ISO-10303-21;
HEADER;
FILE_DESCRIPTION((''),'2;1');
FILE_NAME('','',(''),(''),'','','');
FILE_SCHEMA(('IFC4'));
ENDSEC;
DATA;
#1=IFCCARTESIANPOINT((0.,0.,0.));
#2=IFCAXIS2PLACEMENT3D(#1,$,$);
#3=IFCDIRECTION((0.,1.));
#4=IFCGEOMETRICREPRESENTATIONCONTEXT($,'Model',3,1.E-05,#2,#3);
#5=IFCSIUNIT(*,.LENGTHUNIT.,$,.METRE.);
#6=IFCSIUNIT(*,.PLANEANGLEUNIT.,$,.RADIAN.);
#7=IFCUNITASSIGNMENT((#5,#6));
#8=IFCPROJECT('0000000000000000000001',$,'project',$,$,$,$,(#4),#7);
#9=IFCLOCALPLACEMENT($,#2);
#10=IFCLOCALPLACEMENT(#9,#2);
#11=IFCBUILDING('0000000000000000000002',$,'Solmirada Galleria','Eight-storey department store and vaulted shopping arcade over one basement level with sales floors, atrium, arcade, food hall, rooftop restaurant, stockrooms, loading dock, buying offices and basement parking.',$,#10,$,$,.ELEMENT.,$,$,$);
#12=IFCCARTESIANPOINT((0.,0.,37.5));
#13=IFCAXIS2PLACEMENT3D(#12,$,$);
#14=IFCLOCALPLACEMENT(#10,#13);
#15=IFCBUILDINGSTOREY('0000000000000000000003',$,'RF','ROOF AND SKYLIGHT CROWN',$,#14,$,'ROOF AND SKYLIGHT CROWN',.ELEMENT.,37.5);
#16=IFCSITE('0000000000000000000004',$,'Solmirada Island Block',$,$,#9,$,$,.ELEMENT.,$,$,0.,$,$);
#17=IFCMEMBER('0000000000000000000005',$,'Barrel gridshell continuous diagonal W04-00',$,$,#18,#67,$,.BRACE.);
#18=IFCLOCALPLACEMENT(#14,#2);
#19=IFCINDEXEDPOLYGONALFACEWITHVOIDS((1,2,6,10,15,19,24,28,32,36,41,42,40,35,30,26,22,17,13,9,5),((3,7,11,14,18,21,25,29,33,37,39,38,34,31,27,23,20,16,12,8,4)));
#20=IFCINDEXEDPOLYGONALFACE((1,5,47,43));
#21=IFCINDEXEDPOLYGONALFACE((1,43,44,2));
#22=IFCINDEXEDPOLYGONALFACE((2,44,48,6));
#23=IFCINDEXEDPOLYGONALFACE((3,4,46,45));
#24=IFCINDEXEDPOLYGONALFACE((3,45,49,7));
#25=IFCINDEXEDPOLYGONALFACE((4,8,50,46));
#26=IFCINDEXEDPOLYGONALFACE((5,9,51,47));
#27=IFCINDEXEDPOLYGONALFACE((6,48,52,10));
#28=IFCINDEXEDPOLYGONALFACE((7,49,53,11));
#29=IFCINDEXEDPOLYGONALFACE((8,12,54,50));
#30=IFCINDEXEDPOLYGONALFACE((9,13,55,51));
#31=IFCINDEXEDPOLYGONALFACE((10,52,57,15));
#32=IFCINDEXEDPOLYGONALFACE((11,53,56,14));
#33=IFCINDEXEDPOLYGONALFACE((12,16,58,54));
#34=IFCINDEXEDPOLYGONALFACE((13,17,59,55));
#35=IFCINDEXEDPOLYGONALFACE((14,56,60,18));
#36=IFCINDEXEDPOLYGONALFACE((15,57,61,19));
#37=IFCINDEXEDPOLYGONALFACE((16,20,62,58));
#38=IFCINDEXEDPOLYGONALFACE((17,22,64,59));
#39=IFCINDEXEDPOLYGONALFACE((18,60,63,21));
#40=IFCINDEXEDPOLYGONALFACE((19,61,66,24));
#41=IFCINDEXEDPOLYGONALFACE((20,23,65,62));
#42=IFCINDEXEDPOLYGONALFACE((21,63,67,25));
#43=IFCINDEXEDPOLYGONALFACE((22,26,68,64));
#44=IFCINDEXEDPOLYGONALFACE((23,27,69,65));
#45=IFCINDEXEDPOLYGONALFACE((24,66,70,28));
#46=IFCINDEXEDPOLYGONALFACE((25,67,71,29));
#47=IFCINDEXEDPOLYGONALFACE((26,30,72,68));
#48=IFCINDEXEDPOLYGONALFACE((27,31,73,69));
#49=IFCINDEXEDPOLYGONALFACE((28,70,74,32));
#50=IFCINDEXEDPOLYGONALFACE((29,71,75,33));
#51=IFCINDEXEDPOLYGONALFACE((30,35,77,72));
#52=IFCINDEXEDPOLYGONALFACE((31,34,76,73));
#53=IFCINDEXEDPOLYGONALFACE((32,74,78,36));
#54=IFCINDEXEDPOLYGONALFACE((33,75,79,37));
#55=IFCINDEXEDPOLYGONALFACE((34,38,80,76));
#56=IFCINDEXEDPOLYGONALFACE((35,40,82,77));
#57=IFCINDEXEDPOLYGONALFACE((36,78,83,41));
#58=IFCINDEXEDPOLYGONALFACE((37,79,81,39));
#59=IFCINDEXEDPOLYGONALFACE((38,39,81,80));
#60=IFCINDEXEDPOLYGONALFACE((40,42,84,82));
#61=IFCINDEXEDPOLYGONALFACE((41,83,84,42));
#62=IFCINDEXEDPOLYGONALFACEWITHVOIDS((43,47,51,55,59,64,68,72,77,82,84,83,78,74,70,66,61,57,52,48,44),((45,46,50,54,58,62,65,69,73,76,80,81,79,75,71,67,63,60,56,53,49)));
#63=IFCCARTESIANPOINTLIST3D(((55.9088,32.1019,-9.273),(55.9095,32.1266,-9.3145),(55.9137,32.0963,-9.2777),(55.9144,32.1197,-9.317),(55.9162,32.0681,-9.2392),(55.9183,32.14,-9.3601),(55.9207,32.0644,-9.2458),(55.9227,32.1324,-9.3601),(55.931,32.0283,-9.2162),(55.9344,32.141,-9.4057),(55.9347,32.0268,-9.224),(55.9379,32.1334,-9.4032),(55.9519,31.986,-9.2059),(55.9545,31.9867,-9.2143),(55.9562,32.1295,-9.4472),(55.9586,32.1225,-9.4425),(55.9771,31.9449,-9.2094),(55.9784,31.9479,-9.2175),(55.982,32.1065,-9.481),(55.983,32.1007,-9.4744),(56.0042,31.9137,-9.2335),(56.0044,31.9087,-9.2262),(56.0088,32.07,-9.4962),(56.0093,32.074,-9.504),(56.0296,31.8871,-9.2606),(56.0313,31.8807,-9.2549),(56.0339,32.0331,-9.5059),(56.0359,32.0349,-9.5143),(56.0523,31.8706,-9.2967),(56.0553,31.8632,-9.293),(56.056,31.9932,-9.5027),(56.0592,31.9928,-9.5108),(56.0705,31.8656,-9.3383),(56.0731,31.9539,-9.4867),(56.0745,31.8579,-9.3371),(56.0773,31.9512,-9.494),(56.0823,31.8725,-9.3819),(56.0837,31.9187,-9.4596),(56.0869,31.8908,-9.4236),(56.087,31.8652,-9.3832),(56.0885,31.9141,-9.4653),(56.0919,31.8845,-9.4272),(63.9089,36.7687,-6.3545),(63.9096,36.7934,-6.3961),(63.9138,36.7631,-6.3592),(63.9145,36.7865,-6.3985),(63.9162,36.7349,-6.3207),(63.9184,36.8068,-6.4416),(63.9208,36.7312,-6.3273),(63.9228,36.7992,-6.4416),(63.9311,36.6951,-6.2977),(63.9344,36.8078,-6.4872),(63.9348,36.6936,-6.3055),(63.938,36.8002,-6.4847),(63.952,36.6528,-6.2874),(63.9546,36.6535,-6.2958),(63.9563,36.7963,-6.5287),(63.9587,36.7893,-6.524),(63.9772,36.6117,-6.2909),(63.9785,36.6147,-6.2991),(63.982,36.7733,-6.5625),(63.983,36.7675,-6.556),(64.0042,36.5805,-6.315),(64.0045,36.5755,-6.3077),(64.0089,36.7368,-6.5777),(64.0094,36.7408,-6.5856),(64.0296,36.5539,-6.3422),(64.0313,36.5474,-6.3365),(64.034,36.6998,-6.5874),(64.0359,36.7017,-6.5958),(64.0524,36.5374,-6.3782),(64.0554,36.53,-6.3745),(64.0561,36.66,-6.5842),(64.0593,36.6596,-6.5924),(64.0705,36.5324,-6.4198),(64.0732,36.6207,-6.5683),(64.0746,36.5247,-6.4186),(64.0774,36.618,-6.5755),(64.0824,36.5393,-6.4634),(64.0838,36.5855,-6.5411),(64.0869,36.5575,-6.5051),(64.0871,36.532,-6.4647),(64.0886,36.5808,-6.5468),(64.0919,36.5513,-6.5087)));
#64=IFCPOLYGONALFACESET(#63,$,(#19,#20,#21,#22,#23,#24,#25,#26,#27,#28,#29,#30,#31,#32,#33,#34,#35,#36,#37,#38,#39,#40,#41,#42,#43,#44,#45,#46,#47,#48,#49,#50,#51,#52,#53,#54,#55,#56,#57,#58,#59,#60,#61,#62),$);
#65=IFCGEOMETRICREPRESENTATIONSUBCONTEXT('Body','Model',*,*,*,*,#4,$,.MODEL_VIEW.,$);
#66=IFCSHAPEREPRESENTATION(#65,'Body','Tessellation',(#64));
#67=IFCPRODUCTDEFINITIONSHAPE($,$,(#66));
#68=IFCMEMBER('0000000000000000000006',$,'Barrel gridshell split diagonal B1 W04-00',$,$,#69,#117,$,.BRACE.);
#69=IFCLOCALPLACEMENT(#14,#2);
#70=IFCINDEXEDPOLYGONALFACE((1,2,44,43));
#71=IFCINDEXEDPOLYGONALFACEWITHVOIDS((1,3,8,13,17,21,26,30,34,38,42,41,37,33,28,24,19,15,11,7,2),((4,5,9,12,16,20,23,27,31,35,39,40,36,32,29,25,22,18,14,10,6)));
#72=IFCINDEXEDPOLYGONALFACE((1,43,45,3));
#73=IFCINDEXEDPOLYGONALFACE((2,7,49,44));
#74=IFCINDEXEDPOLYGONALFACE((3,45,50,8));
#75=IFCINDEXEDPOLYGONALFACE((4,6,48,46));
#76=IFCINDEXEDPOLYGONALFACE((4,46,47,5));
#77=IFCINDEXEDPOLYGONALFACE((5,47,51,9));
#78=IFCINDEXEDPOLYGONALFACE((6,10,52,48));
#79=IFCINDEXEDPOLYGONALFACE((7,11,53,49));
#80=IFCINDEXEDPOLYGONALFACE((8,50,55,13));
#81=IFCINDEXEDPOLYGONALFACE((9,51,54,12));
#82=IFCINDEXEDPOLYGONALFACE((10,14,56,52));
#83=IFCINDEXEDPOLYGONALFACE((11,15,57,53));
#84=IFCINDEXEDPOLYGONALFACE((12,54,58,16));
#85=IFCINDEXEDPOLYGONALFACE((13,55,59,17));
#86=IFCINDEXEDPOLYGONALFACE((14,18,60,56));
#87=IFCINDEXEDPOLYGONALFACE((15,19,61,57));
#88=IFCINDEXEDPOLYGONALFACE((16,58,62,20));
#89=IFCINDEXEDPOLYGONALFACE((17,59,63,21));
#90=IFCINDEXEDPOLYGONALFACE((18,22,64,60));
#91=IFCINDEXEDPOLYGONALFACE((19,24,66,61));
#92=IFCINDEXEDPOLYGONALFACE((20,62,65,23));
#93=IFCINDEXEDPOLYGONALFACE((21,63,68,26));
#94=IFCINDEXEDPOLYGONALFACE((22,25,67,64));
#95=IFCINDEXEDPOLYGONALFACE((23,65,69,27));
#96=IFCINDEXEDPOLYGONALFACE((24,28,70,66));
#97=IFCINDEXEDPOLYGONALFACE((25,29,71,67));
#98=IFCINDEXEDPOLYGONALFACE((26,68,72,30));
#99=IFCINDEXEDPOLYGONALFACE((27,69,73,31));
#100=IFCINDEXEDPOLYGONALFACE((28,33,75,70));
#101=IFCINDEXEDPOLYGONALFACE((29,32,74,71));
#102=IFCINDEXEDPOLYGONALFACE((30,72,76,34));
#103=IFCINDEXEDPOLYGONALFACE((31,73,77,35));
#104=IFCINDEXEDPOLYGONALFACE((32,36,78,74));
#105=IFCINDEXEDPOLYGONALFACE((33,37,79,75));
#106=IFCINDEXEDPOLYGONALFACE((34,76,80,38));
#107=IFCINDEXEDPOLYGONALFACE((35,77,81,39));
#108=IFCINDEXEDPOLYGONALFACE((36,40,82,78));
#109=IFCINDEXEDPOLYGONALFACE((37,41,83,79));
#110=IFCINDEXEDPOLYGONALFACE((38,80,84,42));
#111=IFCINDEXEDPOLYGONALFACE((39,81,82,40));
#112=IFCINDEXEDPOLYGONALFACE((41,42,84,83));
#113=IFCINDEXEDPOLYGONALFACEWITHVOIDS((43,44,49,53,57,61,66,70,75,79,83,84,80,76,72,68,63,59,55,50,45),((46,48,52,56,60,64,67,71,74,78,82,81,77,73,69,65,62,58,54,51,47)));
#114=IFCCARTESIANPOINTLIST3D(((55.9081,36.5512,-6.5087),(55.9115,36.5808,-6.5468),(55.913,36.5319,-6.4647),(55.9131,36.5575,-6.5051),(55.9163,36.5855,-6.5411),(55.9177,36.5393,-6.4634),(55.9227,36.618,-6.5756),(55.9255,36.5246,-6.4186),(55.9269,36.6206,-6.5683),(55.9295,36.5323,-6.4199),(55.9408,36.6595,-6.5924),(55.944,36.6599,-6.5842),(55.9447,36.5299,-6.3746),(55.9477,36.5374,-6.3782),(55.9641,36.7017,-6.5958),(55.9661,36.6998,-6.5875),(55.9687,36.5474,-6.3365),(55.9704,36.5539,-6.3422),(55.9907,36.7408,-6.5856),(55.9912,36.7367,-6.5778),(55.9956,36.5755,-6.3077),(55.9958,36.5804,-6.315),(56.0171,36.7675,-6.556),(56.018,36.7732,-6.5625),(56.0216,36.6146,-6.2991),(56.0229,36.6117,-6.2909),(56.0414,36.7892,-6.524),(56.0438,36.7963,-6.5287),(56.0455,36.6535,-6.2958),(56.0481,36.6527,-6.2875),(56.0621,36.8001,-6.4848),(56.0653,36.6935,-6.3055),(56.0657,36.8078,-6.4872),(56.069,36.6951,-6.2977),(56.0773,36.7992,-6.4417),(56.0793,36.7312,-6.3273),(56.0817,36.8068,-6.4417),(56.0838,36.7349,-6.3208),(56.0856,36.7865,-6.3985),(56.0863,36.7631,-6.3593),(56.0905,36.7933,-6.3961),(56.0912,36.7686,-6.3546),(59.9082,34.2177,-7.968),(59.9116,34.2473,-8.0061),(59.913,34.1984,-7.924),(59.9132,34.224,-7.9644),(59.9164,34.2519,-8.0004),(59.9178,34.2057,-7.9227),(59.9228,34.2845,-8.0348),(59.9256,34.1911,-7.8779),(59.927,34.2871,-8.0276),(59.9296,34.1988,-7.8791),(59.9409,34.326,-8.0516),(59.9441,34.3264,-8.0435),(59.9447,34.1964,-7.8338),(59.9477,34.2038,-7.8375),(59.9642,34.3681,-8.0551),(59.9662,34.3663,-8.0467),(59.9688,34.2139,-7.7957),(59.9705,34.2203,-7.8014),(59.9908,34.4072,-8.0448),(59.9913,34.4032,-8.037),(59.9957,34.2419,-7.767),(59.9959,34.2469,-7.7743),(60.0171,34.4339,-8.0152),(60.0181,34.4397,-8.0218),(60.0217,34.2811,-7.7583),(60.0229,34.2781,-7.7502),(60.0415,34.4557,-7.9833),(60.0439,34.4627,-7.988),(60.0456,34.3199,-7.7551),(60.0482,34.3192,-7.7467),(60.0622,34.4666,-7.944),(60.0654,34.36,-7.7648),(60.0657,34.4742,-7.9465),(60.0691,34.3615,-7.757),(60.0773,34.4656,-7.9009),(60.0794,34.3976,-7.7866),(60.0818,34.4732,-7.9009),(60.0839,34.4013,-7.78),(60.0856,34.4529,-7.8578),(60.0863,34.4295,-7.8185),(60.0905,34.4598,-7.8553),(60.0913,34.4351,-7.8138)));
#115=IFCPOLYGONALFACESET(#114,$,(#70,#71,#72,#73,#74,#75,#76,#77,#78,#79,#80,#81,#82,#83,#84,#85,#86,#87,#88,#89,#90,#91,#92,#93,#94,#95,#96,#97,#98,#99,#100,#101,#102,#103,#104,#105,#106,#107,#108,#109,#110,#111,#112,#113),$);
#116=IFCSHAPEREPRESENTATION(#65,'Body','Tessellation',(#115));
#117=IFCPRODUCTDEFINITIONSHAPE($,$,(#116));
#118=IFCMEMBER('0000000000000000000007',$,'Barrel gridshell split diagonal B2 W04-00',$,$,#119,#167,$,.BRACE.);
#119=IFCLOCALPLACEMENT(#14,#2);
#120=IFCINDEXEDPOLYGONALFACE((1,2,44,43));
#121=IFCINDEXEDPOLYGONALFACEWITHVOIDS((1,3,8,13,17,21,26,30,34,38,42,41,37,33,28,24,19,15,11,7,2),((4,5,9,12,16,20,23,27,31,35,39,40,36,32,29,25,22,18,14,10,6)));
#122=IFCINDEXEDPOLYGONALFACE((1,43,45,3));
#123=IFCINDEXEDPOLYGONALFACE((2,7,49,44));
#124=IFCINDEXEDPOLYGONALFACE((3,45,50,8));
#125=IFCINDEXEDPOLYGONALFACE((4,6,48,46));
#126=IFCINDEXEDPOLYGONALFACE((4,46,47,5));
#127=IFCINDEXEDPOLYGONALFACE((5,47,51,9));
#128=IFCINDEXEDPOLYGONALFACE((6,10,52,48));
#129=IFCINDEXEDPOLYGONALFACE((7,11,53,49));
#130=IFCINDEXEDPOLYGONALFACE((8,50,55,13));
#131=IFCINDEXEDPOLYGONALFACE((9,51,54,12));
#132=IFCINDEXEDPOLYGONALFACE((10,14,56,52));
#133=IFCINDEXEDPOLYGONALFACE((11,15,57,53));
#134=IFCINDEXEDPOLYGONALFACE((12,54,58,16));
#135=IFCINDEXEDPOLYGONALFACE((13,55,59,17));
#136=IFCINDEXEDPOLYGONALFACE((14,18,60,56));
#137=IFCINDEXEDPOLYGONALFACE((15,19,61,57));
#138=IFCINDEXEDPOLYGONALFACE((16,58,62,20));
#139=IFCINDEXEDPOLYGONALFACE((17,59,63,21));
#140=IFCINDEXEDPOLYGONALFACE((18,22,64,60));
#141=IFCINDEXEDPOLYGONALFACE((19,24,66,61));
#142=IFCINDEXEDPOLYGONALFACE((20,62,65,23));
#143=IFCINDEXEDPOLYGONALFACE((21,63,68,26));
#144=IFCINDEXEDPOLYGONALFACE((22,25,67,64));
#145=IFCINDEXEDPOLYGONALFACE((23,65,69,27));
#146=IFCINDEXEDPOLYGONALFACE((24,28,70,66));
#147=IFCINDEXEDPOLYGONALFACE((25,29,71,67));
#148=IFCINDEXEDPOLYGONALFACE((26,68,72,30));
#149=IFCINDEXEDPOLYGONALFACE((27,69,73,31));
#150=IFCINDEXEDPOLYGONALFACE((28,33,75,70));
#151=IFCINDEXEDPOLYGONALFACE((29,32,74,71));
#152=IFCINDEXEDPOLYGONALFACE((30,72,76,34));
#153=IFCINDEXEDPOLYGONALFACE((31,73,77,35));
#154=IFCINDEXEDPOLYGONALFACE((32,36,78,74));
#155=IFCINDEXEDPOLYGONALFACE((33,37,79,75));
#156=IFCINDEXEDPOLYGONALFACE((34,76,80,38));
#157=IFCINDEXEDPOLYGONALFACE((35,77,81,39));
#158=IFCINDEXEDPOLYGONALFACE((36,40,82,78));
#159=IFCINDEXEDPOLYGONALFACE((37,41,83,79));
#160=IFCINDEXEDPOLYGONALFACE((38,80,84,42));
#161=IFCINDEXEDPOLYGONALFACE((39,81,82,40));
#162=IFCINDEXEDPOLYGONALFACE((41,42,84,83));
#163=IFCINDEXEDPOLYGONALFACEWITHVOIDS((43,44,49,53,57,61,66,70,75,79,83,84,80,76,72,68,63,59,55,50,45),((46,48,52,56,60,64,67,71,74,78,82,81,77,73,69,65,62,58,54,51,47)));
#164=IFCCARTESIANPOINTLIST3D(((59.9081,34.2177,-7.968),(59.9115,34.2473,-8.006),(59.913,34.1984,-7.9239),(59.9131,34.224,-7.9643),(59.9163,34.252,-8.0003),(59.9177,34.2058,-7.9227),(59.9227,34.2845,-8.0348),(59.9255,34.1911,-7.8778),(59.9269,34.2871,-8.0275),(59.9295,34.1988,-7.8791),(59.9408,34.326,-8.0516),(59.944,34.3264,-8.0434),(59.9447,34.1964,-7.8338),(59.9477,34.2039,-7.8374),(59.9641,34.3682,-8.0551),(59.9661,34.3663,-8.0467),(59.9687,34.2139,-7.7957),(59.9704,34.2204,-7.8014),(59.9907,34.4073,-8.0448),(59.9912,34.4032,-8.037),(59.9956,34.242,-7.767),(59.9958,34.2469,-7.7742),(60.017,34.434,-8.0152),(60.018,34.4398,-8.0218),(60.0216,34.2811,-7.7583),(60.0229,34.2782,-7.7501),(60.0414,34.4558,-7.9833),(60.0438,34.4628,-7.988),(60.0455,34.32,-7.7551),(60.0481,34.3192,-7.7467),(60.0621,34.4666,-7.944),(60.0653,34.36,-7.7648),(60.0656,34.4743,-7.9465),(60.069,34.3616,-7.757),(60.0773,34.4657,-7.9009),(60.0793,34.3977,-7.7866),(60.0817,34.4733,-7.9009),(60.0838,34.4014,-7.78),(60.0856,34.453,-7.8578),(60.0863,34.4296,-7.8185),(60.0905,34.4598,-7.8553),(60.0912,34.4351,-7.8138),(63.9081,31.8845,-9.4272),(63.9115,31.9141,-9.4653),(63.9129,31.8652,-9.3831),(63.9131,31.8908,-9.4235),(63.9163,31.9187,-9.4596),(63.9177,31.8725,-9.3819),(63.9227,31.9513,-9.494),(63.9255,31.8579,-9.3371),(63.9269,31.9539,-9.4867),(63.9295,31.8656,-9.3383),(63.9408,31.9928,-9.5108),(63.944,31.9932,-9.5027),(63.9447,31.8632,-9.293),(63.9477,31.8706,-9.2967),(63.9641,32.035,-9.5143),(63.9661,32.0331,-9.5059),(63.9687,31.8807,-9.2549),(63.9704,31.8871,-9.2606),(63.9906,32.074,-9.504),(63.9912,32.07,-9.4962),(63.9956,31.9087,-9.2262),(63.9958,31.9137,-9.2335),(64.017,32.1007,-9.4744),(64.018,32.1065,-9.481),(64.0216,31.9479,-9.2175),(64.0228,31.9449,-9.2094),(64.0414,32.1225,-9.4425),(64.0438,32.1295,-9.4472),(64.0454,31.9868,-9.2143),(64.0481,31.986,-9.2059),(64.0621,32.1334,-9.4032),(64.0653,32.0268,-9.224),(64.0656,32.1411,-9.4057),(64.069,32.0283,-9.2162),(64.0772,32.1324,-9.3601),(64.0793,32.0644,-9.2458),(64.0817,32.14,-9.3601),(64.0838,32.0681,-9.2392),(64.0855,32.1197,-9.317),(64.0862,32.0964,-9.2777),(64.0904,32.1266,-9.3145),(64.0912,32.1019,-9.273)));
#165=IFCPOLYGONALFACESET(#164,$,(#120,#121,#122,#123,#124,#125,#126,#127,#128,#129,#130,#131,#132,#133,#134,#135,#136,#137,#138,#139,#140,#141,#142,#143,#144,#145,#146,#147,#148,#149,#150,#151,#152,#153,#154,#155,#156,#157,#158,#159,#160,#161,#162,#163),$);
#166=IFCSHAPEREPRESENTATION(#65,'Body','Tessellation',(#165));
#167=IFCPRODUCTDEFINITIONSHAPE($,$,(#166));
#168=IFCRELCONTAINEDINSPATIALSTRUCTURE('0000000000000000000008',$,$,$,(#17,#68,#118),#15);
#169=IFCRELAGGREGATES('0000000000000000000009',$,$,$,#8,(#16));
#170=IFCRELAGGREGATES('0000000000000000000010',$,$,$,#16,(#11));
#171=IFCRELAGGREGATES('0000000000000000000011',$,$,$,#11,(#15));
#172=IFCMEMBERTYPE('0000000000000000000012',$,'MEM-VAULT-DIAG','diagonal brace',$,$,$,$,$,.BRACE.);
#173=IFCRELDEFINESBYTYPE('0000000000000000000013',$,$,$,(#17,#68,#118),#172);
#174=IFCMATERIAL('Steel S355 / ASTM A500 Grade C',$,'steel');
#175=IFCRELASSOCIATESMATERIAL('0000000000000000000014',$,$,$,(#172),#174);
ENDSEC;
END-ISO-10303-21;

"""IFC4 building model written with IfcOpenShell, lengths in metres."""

from ifc_helpers import new_model, si_unit, direction, frame, origin, origin_2d, place, context, subcontext, project, spatial, hollow_circle, extrude, material, material_profile, profile_set, type_object, element, save


model = new_model("IFC4")

# Units and contexts
model_context = context("Model", 3, precision=1e-05, world=origin(), true_north=direction((0.0, 1.0)))
body_context = subcontext(model_context, "Body", "Model", "MODEL_VIEW")
ifc_project = project(units=[si_unit("LENGTHUNIT", "METRE"), si_unit("PLANEANGLEUNIT", "RADIAN")], contexts=[model_context])

# Site, building, storey
site_placement = place(None, origin())
site = spatial("IfcSite", under=ifc_project, at=site_placement, Name="Solmirada Island Block", CompositionType="ELEMENT", RefElevation=0.0)
building_placement = place(site_placement, origin())
building = spatial("IfcBuilding", under=site, at=building_placement, Name="Solmirada Galleria", Description="Eight-storey department store and vaulted shopping arcade over one basement level with sales floors, atrium, arcade, food hall, rooftop restaurant, stockrooms, loading dock, buying offices and basement parking.", CompositionType="ELEMENT")
storey_placement = place(building_placement, frame((0.0, 0.0, 37.5)))
storey = spatial("IfcBuildingStorey", under=building, at=storey_placement, Name="RF", Description="ROOF AND SKYLIGHT CROWN", LongName="ROOF AND SKYLIGHT CROWN", CompositionType="ELEMENT", Elevation=37.5)

# Members
ifc_material_1 = material(Name="Steel S355 / ASTM A500 Grade C", Category="steel")
ifc_material_profile_1 = material_profile(ifc_material_1, hollow_circle(Radius=0.1621, WallThickness=0.0088, at=origin_2d()), Name="HSS12.750X0.375")
ifc_profile_set_1 = profile_set([ifc_material_profile_1], Name="Steel S355 / ASTM A500 Grade C")
member_type_1 = type_object("IfcMemberType", Name="MEM-VAULT-DIAG", Description="diagonal brace", PredefinedType="BRACE", material=ifc_profile_set_1)
member_1_placement = place(storey_placement, frame((56.0, 32.0, -9.3601), z_axis=(0.823841, 0.480582, 0.300543), x_axis=(-0.503878, 0.863775, 0.0)))
element("IfcMember", 1, at=member_1_placement, inside=storey, type_object=member_type_1, Name="Barrel gridshell continuous diagonal W04-00", PredefinedType="BRACE", context=body_context, shape_type="SweptSolid", body=[
    extrude(hollow_circle(Radius=0.1621, WallThickness=0.0088, at=origin_2d()), origin(), (0.0, 0.0, 1.0), 9.7107),
])
member_2_placement = place(storey_placement, frame((56.0, 36.6667, -6.4417), z_axis=(0.823831, -0.480602, -0.30054), x_axis=(0.503897, 0.863764, 0.0)))
element("IfcMember", 2, at=member_2_placement, inside=storey, type_object=member_type_1, Name="Barrel gridshell split diagonal B1 W04-00", PredefinedType="BRACE", context=body_context, shape_type="SweptSolid", body=[
    extrude(hollow_circle(Radius=0.1621, WallThickness=0.0088, at=origin_2d()), origin(), (0.0, 0.0, 1.0), 4.8555),
])
member_3_placement = place(storey_placement, frame((60.0, 34.3333, -7.9009), z_axis=(0.823851, -0.480563, -0.300547), x_axis=(0.503858, 0.863787, 0.0)))
element("IfcMember", 3, at=member_3_placement, inside=storey, type_object=member_type_1, Name="Barrel gridshell split diagonal B2 W04-00", PredefinedType="BRACE", context=body_context, shape_type="SweptSolid", body=[
    extrude(hollow_circle(Radius=0.1621, WallThickness=0.0088, at=origin_2d()), origin(), (0.0, 0.0, 1.0), 4.8552),
])

save(model, "model.ifc")
